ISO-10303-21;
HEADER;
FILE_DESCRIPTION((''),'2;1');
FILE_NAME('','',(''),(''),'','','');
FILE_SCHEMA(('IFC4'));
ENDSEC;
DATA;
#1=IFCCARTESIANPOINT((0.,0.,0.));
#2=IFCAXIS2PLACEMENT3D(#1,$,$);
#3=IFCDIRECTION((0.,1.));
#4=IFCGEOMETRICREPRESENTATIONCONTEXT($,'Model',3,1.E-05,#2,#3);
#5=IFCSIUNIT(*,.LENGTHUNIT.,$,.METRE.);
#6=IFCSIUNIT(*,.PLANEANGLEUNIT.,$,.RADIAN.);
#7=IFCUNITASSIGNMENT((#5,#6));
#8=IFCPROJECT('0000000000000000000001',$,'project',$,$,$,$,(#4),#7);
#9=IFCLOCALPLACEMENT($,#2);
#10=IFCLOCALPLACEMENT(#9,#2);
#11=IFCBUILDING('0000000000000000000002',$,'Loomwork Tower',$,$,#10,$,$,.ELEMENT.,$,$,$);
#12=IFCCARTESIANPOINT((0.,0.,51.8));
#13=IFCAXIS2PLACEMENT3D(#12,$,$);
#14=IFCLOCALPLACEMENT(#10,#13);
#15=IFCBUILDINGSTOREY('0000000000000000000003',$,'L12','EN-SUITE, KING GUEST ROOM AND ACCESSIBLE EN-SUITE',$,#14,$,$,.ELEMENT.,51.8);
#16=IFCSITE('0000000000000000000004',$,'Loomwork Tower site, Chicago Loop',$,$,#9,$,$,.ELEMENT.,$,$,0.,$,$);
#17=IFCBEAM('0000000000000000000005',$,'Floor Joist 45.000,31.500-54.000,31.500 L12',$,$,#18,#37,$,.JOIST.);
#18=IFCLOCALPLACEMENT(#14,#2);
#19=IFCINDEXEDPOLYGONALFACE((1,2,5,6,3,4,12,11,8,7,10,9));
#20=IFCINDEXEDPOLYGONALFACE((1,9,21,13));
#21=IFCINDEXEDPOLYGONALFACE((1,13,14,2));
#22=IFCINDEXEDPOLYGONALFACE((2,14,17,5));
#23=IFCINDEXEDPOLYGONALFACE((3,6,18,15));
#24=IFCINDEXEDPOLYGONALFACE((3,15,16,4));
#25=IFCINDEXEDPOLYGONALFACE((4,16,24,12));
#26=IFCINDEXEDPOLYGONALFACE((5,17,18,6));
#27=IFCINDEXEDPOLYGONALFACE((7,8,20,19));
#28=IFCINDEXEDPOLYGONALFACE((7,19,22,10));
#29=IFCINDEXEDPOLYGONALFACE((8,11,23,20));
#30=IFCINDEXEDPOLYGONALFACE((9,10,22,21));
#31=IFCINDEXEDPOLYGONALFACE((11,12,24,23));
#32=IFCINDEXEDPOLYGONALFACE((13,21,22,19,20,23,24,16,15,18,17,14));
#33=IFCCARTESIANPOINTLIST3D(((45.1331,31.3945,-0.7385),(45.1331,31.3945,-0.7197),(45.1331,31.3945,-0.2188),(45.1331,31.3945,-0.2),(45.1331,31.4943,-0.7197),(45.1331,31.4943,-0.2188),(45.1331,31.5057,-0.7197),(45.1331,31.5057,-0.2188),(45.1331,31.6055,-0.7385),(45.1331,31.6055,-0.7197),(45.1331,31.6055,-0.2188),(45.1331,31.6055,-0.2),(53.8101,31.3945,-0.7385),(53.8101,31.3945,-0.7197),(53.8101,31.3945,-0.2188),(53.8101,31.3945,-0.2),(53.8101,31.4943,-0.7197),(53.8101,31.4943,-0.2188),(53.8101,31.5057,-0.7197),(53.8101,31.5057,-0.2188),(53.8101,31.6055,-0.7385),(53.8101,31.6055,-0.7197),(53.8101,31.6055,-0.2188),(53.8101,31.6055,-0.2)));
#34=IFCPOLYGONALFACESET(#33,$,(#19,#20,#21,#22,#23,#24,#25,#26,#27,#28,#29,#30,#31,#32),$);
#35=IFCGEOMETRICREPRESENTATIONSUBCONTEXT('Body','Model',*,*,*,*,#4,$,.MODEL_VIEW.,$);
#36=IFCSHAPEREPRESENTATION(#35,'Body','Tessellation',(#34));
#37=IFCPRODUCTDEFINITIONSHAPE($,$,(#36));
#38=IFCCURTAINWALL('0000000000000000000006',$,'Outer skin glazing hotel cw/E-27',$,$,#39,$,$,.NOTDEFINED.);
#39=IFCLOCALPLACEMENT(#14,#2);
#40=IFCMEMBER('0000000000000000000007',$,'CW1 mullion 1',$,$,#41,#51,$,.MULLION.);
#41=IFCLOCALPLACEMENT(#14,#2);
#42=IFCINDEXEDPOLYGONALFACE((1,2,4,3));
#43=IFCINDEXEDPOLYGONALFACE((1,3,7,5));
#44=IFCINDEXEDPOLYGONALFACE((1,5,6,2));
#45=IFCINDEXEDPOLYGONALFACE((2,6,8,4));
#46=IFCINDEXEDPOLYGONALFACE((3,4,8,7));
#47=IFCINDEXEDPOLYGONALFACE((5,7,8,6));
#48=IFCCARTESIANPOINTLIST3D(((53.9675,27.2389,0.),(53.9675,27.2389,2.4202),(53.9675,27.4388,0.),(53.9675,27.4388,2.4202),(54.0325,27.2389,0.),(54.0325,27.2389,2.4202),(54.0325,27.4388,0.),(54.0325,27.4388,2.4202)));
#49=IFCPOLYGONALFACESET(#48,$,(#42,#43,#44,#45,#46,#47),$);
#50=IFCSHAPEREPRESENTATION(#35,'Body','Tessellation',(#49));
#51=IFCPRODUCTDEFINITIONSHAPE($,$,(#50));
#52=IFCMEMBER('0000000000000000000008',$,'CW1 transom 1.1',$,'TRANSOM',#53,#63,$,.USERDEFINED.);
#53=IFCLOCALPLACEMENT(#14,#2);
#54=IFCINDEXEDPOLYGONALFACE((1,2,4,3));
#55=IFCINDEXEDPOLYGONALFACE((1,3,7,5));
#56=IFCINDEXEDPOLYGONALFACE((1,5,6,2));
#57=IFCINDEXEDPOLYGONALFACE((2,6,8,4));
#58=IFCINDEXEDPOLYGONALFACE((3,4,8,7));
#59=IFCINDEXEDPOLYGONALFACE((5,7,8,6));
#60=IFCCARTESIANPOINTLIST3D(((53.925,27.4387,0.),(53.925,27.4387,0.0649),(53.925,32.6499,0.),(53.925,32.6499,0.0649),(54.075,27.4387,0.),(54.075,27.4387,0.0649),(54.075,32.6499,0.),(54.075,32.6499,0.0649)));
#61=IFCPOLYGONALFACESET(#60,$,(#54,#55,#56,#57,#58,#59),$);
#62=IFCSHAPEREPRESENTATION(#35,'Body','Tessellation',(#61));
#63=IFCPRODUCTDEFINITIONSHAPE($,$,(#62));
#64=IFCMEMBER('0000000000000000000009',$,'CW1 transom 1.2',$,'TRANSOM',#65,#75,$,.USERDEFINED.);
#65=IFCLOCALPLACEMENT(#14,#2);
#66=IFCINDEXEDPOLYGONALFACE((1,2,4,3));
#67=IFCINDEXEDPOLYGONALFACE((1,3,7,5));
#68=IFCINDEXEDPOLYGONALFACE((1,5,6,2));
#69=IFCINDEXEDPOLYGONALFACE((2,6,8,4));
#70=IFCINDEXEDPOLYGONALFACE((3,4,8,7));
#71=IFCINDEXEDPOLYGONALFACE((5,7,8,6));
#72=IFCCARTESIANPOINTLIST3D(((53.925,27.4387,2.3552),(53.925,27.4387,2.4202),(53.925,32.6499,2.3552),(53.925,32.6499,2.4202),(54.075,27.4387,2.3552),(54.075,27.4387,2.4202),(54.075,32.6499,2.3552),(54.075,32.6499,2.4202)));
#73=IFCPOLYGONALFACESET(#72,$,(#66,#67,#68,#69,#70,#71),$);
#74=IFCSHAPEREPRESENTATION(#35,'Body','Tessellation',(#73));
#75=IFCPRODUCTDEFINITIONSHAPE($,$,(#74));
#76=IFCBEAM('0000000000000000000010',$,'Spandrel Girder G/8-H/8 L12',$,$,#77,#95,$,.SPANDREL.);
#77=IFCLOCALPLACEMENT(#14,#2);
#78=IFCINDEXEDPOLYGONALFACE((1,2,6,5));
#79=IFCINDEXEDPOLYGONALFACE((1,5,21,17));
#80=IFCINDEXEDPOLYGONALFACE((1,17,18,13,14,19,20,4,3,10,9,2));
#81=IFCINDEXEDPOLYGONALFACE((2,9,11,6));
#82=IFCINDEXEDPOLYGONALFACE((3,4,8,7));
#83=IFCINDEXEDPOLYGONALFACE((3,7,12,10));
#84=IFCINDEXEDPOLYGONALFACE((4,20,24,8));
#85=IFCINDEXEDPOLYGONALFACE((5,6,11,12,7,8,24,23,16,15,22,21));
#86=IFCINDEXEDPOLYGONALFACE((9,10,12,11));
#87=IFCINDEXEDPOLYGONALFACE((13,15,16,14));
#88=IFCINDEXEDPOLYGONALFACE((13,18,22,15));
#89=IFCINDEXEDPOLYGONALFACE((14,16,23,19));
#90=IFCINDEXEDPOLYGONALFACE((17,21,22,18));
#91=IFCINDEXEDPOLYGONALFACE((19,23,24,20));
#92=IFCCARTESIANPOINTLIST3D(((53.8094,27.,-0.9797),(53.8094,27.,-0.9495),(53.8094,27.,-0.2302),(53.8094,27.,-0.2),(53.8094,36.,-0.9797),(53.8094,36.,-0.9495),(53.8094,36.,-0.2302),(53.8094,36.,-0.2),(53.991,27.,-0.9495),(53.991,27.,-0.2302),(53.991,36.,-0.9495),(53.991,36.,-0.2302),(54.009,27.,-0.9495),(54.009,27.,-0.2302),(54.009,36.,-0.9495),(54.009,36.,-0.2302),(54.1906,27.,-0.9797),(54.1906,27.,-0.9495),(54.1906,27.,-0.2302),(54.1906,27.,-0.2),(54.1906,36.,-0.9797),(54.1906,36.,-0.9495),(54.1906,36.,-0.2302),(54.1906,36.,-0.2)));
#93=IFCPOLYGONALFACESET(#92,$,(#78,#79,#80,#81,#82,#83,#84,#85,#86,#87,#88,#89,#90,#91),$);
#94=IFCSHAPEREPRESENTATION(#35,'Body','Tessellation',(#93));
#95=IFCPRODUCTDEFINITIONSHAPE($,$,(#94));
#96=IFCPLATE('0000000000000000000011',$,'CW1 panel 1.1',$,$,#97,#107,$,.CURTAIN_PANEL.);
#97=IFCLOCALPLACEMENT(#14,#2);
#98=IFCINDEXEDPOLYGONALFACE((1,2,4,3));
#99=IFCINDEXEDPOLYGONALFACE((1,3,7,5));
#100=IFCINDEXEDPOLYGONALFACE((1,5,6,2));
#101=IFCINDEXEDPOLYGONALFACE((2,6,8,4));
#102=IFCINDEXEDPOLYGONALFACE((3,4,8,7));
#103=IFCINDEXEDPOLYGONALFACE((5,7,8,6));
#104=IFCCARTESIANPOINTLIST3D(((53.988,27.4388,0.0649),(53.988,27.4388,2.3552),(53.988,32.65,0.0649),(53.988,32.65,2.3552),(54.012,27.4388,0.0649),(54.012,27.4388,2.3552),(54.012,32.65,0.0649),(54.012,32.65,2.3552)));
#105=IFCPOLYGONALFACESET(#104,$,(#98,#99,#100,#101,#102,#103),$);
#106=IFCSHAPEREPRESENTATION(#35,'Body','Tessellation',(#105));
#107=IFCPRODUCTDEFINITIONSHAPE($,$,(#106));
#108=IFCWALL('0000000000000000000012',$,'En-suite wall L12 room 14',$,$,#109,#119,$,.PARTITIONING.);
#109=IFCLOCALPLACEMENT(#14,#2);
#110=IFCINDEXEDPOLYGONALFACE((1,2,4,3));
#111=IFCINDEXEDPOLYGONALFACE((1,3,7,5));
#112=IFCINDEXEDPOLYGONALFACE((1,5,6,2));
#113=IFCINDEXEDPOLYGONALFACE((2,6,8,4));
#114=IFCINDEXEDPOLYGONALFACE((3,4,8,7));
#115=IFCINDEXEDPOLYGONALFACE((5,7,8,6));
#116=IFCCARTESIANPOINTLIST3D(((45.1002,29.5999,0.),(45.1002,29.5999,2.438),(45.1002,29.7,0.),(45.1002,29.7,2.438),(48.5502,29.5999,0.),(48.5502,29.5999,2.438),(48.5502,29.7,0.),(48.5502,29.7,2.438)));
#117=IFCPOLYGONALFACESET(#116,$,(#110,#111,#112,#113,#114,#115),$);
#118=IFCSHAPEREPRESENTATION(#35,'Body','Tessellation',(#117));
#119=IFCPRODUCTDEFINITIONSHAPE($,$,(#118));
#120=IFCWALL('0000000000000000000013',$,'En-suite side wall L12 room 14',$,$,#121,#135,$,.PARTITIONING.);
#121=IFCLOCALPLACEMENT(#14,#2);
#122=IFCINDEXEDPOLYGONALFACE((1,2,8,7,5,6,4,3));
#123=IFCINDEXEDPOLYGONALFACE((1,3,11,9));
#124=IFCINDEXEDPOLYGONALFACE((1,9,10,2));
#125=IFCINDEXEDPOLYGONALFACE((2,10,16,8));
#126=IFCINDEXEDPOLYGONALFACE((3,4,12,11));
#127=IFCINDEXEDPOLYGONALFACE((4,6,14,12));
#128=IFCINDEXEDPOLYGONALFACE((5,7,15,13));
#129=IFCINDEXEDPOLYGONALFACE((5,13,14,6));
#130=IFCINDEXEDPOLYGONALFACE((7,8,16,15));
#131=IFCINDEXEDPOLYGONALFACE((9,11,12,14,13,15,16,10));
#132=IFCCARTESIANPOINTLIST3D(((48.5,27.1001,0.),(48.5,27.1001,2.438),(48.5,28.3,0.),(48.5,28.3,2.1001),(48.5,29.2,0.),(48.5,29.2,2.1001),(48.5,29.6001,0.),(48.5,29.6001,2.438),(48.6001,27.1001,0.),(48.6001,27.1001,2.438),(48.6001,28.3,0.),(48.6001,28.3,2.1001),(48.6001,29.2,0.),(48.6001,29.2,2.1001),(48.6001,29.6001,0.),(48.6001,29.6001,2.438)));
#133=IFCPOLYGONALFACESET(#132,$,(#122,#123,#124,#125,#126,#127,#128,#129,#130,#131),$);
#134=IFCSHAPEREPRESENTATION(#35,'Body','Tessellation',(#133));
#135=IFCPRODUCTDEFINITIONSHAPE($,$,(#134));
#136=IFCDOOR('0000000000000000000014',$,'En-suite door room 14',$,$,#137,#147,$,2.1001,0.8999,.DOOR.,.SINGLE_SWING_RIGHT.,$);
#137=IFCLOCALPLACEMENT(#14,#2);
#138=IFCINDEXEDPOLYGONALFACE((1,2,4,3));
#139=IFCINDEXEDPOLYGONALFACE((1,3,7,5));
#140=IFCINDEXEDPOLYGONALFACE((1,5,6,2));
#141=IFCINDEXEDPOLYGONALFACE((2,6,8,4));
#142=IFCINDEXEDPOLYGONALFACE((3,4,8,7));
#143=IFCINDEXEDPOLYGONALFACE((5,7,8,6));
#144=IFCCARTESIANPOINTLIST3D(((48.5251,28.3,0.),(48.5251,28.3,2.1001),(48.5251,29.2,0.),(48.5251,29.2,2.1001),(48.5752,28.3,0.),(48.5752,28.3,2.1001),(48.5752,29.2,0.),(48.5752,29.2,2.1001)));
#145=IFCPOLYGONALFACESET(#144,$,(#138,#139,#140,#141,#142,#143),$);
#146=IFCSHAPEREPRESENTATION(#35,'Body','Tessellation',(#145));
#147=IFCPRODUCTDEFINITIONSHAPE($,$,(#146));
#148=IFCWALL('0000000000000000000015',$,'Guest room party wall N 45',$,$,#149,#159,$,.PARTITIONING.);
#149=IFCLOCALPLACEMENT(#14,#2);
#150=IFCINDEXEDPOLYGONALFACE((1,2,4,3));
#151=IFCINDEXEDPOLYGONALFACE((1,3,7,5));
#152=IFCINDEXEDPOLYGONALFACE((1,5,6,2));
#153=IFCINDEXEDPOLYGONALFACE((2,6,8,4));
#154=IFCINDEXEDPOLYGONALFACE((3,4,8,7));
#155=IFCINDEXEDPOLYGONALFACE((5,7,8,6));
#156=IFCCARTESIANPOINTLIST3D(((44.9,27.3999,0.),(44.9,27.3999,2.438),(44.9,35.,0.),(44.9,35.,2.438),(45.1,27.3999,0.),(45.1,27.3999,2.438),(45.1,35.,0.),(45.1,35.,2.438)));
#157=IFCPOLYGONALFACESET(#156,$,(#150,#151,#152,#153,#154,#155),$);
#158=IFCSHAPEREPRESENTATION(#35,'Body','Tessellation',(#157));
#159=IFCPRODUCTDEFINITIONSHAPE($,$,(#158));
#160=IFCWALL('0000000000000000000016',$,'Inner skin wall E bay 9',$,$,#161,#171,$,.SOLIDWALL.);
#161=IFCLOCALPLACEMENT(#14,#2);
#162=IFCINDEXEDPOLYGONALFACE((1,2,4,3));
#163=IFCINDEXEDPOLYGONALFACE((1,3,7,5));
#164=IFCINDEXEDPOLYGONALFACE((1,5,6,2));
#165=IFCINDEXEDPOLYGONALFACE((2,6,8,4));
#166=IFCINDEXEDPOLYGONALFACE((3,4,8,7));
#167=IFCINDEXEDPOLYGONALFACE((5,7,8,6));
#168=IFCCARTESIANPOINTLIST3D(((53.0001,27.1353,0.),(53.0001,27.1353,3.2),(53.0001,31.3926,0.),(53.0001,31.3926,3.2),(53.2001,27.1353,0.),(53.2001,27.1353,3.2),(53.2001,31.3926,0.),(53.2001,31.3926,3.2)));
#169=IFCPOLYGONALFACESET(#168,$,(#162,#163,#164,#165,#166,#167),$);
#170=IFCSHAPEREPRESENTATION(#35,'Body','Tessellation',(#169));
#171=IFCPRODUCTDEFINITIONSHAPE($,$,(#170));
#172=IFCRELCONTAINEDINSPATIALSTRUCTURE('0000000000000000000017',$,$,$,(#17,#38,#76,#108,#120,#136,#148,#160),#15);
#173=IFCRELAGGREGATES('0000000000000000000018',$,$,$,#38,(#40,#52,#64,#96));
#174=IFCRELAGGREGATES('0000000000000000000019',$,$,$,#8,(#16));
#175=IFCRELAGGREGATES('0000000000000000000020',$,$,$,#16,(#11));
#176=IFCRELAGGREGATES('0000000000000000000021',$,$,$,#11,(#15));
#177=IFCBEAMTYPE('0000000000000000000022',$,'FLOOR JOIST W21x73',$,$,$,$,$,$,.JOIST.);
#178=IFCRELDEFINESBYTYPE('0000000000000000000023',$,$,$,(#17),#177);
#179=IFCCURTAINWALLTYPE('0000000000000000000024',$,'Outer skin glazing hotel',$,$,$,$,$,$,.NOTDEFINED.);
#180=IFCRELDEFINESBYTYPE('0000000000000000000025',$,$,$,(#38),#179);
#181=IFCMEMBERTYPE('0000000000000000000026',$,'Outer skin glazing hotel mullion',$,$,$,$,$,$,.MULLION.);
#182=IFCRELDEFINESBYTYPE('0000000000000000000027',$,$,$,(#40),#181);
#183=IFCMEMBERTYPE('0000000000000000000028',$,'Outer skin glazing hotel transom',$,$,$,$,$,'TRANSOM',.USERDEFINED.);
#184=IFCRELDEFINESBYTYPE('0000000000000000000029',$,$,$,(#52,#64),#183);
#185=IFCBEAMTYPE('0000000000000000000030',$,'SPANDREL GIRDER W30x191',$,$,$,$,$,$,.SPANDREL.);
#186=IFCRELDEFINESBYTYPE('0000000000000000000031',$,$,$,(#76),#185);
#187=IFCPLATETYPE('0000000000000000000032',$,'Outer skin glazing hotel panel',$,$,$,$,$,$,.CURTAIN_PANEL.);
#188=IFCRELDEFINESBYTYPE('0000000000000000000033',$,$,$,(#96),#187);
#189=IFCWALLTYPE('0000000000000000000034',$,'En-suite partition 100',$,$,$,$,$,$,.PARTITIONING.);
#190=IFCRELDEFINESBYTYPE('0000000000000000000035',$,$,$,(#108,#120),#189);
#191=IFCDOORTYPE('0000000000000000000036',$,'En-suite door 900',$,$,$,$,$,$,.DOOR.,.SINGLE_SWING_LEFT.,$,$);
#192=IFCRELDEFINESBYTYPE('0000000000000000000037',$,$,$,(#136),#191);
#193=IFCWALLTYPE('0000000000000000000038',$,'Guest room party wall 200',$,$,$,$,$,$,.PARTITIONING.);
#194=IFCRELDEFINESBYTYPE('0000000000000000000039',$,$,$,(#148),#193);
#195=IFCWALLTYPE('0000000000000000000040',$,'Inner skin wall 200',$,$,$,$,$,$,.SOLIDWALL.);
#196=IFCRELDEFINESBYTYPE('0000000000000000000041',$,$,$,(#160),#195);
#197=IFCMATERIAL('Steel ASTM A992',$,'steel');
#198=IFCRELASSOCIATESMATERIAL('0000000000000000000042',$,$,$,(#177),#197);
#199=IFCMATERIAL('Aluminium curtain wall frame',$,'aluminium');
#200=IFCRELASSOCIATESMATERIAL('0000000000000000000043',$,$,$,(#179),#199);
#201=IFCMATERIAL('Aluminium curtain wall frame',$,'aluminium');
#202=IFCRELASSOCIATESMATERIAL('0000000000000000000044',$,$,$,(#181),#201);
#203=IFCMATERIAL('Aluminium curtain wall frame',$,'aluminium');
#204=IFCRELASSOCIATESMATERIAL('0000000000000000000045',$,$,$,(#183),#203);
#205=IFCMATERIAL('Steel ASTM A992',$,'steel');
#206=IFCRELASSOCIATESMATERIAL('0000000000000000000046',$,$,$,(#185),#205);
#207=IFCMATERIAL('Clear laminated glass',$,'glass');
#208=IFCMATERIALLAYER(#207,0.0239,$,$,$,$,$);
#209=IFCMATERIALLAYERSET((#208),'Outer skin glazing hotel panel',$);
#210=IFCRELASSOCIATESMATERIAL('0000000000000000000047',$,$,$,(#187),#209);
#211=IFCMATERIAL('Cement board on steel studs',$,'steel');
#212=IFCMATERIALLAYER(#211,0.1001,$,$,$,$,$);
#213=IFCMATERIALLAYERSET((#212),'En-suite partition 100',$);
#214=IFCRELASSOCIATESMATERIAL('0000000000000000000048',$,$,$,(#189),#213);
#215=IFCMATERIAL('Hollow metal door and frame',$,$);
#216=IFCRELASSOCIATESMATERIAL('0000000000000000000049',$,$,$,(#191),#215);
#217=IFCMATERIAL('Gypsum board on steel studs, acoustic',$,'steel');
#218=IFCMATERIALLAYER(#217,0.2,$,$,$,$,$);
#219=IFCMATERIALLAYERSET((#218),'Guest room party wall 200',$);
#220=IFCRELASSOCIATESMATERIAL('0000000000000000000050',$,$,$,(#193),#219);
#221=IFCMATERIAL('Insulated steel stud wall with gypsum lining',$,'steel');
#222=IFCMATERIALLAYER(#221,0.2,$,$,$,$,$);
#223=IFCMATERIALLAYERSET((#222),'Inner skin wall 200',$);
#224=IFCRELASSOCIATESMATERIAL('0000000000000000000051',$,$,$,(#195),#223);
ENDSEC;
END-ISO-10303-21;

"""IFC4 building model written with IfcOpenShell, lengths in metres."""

from ifc_helpers import new_model, si_unit, direction, frame, frame_2d, origin, origin_2d, place, context, subcontext, project, spatial, rectangle, i_section, extrude, material, layer, layer_set, material_profile, profile_set, type_object, element, fill, aggregate, save


model = new_model("IFC4")

# Units and contexts
model_context = context("Model", 3, precision=1e-05, world=origin(), true_north=direction((0.0, 1.0)))
body_context = subcontext(model_context, "Body", "Model", "MODEL_VIEW")
ifc_project = project(units=[si_unit("LENGTHUNIT", "METRE"), si_unit("PLANEANGLEUNIT", "RADIAN")], contexts=[model_context])

# Site, building, storey
site_placement = place(None, origin())
site = spatial("IfcSite", under=ifc_project, at=site_placement, Name="Loomwork Tower site, Chicago Loop", CompositionType="ELEMENT", RefElevation=0.0)
building_placement = place(site_placement, origin())
building = spatial("IfcBuilding", under=site, at=building_placement, Name="Loomwork Tower", CompositionType="ELEMENT")
storey_placement = place(building_placement, frame((0.0, 0.0, 51.8)))
storey = spatial("IfcBuildingStorey", under=building, at=storey_placement, Name="L12", Description="EN-SUITE, KING GUEST ROOM AND ACCESSIBLE EN-SUITE", CompositionType="ELEMENT", Elevation=51.8)

# Beam
ifc_material_1 = material(Name="Steel ASTM A992", Category="steel")
ifc_material_profile_1 = material_profile(ifc_material_1, i_section(OverallWidth=0.2109, OverallDepth=0.5386, WebThickness=0.0115, FlangeThickness=0.0188, at=origin_2d()), Name="W21x73")
ifc_profile_set_1 = profile_set([ifc_material_profile_1], Name="Steel ASTM A992")
beam_type_1 = type_object("IfcBeamType", Name="FLOOR JOIST W21x73", PredefinedType="JOIST", material=ifc_profile_set_1)
beam_1_placement = place(storey_placement, frame((45.1331, 31.5, -0.4692), z_axis=(1.0, 0.0, 0.0), x_axis=(0.0, 1.0, 0.0)))
element("IfcBeam", 1, at=beam_1_placement, inside=storey, type_object=beam_type_1, Name="Floor Joist 45.000,31.500-54.000,31.500 L12", PredefinedType="JOIST", context=body_context, shape_type="SweptSolid", body=[
    extrude(i_section(OverallWidth=0.2109, OverallDepth=0.5386, WebThickness=0.0115, FlangeThickness=0.0188, at=origin_2d()), origin(), (0.0, 0.0, 1.0), 8.677),
])

# Curtain wall, members
ifc_material_2 = material(Name="Aluminium curtain wall frame", Category="aluminium")
curtain_wall_type = type_object("IfcCurtainWallType", Name="Outer skin glazing hotel", PredefinedType="NOTDEFINED", material=ifc_material_2)
curtain_wall_placement = place(storey_placement, origin())
curtain_wall = element("IfcCurtainWall", 2, at=curtain_wall_placement, inside=storey, type_object=curtain_wall_type, Name="Outer skin glazing hotel cw/E-27", PredefinedType="NOTDEFINED")
ifc_material_3 = material(Name="Aluminium curtain wall frame", Category="aluminium")
ifc_material_profile_2 = material_profile(ifc_material_3, rectangle(XDim=0.0649, YDim=0.2, at=origin_2d()), Name="AL 65x200")
ifc_profile_set_2 = profile_set([ifc_material_profile_2], Name="Aluminium curtain wall frame")
member_type_1 = type_object("IfcMemberType", Name="Outer skin glazing hotel mullion", PredefinedType="MULLION", material=ifc_profile_set_2)
member_1_placement = place(storey_placement, frame((54.0, 27.3389, 0.0), z_axis=(0.0, 0.0, 1.0), x_axis=(-1.0, 0.0, 0.0)))
member_1 = element("IfcMember", 3, at=member_1_placement, type_object=member_type_1, Name="CW1 mullion 1", PredefinedType="MULLION", context=body_context, shape_type="SweptSolid", body=[
    extrude(rectangle(XDim=0.0649, YDim=0.2, at=origin_2d()), origin(), (0.0, 0.0, 1.0), 2.4202),
])
ifc_material_4 = material(Name="Aluminium curtain wall frame", Category="aluminium")
ifc_material_profile_3 = material_profile(ifc_material_4, rectangle(XDim=0.1499, YDim=0.0649, at=origin_2d()), Name="AL 65x150")
ifc_profile_set_3 = profile_set([ifc_material_profile_3], Name="Aluminium curtain wall frame")
member_type_2 = type_object("IfcMemberType", Name="Outer skin glazing hotel transom", ElementType="TRANSOM", PredefinedType="USERDEFINED", material=ifc_profile_set_3)
member_2_placement = place(storey_placement, frame((54.0, 27.4387, 0.0325), z_axis=(0.0, 1.0, 0.0), x_axis=(-1.0, 0.0, 0.0)))
member_2 = element("IfcMember", 4, at=member_2_placement, type_object=member_type_2, Name="CW1 transom 1.1", ObjectType="TRANSOM", PredefinedType="USERDEFINED", context=body_context, shape_type="SweptSolid", body=[
    extrude(rectangle(XDim=0.1499, YDim=0.0649, at=origin_2d()), origin(), (0.0, 0.0, 1.0), 5.2112),
])
member_3_placement = place(storey_placement, frame((54.0, 27.4387, 2.3877), z_axis=(0.0, 1.0, 0.0), x_axis=(-1.0, 0.0, 0.0)))
member_3 = element("IfcMember", 5, at=member_3_placement, type_object=member_type_2, Name="CW1 transom 1.2", ObjectType="TRANSOM", PredefinedType="USERDEFINED", context=body_context, shape_type="SweptSolid", body=[
    extrude(rectangle(XDim=0.1499, YDim=0.0649, at=origin_2d()), origin(), (0.0, 0.0, 1.0), 5.2112),
])

# Beam
ifc_material_5 = material(Name="Steel ASTM A992", Category="steel")
ifc_material_profile_4 = material_profile(ifc_material_5, i_section(OverallWidth=0.3811, OverallDepth=0.7798, WebThickness=0.0181, FlangeThickness=0.0303, at=origin_2d()), Name="W30x191")
ifc_profile_set_4 = profile_set([ifc_material_profile_4], Name="Steel ASTM A992")
beam_type_2 = type_object("IfcBeamType", Name="SPANDREL GIRDER W30x191", PredefinedType="SPANDREL", material=ifc_profile_set_4)
beam_2_placement = place(storey_placement, frame((54.0, 27.0, -0.5898), z_axis=(0.0, 1.0, 0.0), x_axis=(-1.0, 0.0, 0.0)))
element("IfcBeam", 6, at=beam_2_placement, inside=storey, type_object=beam_type_2, Name="Spandrel Girder G/8-H/8 L12", PredefinedType="SPANDREL", context=body_context, shape_type="SweptSolid", body=[
    extrude(i_section(OverallWidth=0.3811, OverallDepth=0.7798, WebThickness=0.0181, FlangeThickness=0.0303, at=origin_2d()), origin(), (0.0, 0.0, 1.0), 9.0),
])

# Plate
ifc_material_6 = material(Name="Clear laminated glass", Category="glass")
ifc_layer_1 = layer(ifc_material_6, 0.0239)
ifc_layer_set_1 = layer_set([ifc_layer_1], Name="Outer skin glazing hotel panel")
plate_type = type_object("IfcPlateType", Name="Outer skin glazing hotel panel", PredefinedType="CURTAIN_PANEL", material=ifc_layer_set_1)
plate_placement = place(storey_placement, frame((54.0, 30.0444, 0.0649), z_axis=(0.0, 0.0, 1.0), x_axis=(0.0, 1.0, 0.0)))
plate = element("IfcPlate", 7, at=plate_placement, type_object=plate_type, Name="CW1 panel 1.1", PredefinedType="CURTAIN_PANEL", context=body_context, shape_type="SweptSolid", body=[
    extrude(rectangle(XDim=5.2112, YDim=0.0239, at=origin_2d()), origin(), (0.0, 0.0, 1.0), 2.2903),
])
aggregate(curtain_wall, [member_1, member_2, member_3, plate])

# Wall
ifc_material_7 = material(Name="Cement board on steel studs", Category="steel")
ifc_layer_2 = layer(ifc_material_7, 0.1001)
ifc_layer_set_2 = layer_set([ifc_layer_2], Name="En-suite partition 100")
wall_type_1 = type_object("IfcWallType", Name="En-suite partition 100", PredefinedType="PARTITIONING", material=ifc_layer_set_2)
wall_1_placement = place(storey_placement, frame((45.1001, 29.6499, 0.0), z_axis=(0.0, 0.0, 1.0), x_axis=(1.0, 0.0, 0.0)))
element("IfcWall", 8, at=wall_1_placement, inside=storey, type_object=wall_type_1, Name="En-suite wall L12 room 14", PredefinedType="PARTITIONING", context=body_context, shape_type="SweptSolid", body=[
    extrude(rectangle(XDim=3.45, YDim=0.1001, at=frame_2d((1.7251, 0.0))), origin(), (0.0, 0.0, 1.0), 2.438),
])

# Wall, opening, door
wall_2_placement = place(storey_placement, frame((48.55, 27.1001, 0.0), z_axis=(0.0, 0.0, 1.0), x_axis=(0.0, 1.0, 0.0)))
wall_2 = element("IfcWall", 9, at=wall_2_placement, inside=storey, type_object=wall_type_1, Name="En-suite side wall L12 room 14", PredefinedType="PARTITIONING", context=body_context, shape_type="SweptSolid", body=[
    extrude(rectangle(XDim=2.5, YDim=0.1001, at=frame_2d((1.25, 0.0))), origin(), (0.0, 0.0, 1.0), 2.438),
])
opening_placement = place(wall_2_placement, frame((1.2, 0.0, 0.0)))
opening = element("IfcOpeningElement", 10, at=opening_placement, cuts=wall_2, PredefinedType="OPENING", context=body_context, shape_type="SweptSolid", body=[
    extrude(rectangle(XDim=0.8999, YDim=2.1001, at=frame_2d((0.45, 1.05))), frame((0.0, 0.0601, 0.0), z_axis=(0.0, -1.0, 0.0), x_axis=(1.0, 0.0, 0.0)), (0.0, 0.0, 1.0), 0.1201),
])
ifc_material_8 = material(Name="Hollow metal door and frame")
door_type = type_object("IfcDoorType", Name="En-suite door 900", OperationType="SINGLE_SWING_LEFT", PredefinedType="DOOR", material=ifc_material_8)
door_placement = place(opening_placement, origin())
door = element("IfcDoor", 11, at=door_placement, inside=storey, type_object=door_type, Name="En-suite door room 14", OperationType="SINGLE_SWING_RIGHT", OverallHeight=2.1001, OverallWidth=0.8999, PredefinedType="DOOR", context=body_context, shape_type="SweptSolid", body=[
    extrude(rectangle(XDim=0.8999, YDim=2.1001, at=frame_2d((0.45, 1.05))), frame((0.0, 0.0249, 0.0), z_axis=(0.0, -1.0, 0.0), x_axis=(1.0, 0.0, 0.0)), (0.0, 0.0, 1.0), 0.05),
])
fill(opening, door)

# Walls
ifc_material_9 = material(Name="Gypsum board on steel studs, acoustic", Category="steel")
ifc_layer_3 = layer(ifc_material_9, 0.2)
ifc_layer_set_3 = layer_set([ifc_layer_3], Name="Guest room party wall 200")
wall_type_2 = type_object("IfcWallType", Name="Guest room party wall 200", PredefinedType="PARTITIONING", material=ifc_layer_set_3)
wall_3_placement = place(storey_placement, frame((45.0, 27.3999, 0.0), z_axis=(0.0, 0.0, 1.0), x_axis=(0.0, 1.0, 0.0)))
element("IfcWall", 12, at=wall_3_placement, inside=storey, type_object=wall_type_2, Name="Guest room party wall N 45", PredefinedType="PARTITIONING", context=body_context, shape_type="SweptSolid", body=[
    extrude(rectangle(XDim=7.6001, YDim=0.2, at=frame_2d((3.8, 0.0))), origin(), (0.0, 0.0, 1.0), 2.438),
])
ifc_material_10 = material(Name="Insulated steel stud wall with gypsum lining", Category="steel")
ifc_layer_4 = layer(ifc_material_10, 0.2)
ifc_layer_set_4 = layer_set([ifc_layer_4], Name="Inner skin wall 200")
wall_type_3 = type_object("IfcWallType", Name="Inner skin wall 200", PredefinedType="SOLIDWALL", material=ifc_layer_set_4)
wall_4_placement = place(storey_placement, frame((53.1001, 27.1353, 0.0), z_axis=(0.0, 0.0, 1.0), x_axis=(0.0, 1.0, 0.0)))
element("IfcWall", 13, at=wall_4_placement, inside=storey, type_object=wall_type_3, Name="Inner skin wall E bay 9", PredefinedType="SOLIDWALL", context=body_context, shape_type="SweptSolid", body=[
    extrude(rectangle(XDim=4.2573, YDim=0.2, at=frame_2d((2.1287, 0.0))), origin(), (0.0, 0.0, 1.0), 3.2),
])

save(model, "model.ifc")
